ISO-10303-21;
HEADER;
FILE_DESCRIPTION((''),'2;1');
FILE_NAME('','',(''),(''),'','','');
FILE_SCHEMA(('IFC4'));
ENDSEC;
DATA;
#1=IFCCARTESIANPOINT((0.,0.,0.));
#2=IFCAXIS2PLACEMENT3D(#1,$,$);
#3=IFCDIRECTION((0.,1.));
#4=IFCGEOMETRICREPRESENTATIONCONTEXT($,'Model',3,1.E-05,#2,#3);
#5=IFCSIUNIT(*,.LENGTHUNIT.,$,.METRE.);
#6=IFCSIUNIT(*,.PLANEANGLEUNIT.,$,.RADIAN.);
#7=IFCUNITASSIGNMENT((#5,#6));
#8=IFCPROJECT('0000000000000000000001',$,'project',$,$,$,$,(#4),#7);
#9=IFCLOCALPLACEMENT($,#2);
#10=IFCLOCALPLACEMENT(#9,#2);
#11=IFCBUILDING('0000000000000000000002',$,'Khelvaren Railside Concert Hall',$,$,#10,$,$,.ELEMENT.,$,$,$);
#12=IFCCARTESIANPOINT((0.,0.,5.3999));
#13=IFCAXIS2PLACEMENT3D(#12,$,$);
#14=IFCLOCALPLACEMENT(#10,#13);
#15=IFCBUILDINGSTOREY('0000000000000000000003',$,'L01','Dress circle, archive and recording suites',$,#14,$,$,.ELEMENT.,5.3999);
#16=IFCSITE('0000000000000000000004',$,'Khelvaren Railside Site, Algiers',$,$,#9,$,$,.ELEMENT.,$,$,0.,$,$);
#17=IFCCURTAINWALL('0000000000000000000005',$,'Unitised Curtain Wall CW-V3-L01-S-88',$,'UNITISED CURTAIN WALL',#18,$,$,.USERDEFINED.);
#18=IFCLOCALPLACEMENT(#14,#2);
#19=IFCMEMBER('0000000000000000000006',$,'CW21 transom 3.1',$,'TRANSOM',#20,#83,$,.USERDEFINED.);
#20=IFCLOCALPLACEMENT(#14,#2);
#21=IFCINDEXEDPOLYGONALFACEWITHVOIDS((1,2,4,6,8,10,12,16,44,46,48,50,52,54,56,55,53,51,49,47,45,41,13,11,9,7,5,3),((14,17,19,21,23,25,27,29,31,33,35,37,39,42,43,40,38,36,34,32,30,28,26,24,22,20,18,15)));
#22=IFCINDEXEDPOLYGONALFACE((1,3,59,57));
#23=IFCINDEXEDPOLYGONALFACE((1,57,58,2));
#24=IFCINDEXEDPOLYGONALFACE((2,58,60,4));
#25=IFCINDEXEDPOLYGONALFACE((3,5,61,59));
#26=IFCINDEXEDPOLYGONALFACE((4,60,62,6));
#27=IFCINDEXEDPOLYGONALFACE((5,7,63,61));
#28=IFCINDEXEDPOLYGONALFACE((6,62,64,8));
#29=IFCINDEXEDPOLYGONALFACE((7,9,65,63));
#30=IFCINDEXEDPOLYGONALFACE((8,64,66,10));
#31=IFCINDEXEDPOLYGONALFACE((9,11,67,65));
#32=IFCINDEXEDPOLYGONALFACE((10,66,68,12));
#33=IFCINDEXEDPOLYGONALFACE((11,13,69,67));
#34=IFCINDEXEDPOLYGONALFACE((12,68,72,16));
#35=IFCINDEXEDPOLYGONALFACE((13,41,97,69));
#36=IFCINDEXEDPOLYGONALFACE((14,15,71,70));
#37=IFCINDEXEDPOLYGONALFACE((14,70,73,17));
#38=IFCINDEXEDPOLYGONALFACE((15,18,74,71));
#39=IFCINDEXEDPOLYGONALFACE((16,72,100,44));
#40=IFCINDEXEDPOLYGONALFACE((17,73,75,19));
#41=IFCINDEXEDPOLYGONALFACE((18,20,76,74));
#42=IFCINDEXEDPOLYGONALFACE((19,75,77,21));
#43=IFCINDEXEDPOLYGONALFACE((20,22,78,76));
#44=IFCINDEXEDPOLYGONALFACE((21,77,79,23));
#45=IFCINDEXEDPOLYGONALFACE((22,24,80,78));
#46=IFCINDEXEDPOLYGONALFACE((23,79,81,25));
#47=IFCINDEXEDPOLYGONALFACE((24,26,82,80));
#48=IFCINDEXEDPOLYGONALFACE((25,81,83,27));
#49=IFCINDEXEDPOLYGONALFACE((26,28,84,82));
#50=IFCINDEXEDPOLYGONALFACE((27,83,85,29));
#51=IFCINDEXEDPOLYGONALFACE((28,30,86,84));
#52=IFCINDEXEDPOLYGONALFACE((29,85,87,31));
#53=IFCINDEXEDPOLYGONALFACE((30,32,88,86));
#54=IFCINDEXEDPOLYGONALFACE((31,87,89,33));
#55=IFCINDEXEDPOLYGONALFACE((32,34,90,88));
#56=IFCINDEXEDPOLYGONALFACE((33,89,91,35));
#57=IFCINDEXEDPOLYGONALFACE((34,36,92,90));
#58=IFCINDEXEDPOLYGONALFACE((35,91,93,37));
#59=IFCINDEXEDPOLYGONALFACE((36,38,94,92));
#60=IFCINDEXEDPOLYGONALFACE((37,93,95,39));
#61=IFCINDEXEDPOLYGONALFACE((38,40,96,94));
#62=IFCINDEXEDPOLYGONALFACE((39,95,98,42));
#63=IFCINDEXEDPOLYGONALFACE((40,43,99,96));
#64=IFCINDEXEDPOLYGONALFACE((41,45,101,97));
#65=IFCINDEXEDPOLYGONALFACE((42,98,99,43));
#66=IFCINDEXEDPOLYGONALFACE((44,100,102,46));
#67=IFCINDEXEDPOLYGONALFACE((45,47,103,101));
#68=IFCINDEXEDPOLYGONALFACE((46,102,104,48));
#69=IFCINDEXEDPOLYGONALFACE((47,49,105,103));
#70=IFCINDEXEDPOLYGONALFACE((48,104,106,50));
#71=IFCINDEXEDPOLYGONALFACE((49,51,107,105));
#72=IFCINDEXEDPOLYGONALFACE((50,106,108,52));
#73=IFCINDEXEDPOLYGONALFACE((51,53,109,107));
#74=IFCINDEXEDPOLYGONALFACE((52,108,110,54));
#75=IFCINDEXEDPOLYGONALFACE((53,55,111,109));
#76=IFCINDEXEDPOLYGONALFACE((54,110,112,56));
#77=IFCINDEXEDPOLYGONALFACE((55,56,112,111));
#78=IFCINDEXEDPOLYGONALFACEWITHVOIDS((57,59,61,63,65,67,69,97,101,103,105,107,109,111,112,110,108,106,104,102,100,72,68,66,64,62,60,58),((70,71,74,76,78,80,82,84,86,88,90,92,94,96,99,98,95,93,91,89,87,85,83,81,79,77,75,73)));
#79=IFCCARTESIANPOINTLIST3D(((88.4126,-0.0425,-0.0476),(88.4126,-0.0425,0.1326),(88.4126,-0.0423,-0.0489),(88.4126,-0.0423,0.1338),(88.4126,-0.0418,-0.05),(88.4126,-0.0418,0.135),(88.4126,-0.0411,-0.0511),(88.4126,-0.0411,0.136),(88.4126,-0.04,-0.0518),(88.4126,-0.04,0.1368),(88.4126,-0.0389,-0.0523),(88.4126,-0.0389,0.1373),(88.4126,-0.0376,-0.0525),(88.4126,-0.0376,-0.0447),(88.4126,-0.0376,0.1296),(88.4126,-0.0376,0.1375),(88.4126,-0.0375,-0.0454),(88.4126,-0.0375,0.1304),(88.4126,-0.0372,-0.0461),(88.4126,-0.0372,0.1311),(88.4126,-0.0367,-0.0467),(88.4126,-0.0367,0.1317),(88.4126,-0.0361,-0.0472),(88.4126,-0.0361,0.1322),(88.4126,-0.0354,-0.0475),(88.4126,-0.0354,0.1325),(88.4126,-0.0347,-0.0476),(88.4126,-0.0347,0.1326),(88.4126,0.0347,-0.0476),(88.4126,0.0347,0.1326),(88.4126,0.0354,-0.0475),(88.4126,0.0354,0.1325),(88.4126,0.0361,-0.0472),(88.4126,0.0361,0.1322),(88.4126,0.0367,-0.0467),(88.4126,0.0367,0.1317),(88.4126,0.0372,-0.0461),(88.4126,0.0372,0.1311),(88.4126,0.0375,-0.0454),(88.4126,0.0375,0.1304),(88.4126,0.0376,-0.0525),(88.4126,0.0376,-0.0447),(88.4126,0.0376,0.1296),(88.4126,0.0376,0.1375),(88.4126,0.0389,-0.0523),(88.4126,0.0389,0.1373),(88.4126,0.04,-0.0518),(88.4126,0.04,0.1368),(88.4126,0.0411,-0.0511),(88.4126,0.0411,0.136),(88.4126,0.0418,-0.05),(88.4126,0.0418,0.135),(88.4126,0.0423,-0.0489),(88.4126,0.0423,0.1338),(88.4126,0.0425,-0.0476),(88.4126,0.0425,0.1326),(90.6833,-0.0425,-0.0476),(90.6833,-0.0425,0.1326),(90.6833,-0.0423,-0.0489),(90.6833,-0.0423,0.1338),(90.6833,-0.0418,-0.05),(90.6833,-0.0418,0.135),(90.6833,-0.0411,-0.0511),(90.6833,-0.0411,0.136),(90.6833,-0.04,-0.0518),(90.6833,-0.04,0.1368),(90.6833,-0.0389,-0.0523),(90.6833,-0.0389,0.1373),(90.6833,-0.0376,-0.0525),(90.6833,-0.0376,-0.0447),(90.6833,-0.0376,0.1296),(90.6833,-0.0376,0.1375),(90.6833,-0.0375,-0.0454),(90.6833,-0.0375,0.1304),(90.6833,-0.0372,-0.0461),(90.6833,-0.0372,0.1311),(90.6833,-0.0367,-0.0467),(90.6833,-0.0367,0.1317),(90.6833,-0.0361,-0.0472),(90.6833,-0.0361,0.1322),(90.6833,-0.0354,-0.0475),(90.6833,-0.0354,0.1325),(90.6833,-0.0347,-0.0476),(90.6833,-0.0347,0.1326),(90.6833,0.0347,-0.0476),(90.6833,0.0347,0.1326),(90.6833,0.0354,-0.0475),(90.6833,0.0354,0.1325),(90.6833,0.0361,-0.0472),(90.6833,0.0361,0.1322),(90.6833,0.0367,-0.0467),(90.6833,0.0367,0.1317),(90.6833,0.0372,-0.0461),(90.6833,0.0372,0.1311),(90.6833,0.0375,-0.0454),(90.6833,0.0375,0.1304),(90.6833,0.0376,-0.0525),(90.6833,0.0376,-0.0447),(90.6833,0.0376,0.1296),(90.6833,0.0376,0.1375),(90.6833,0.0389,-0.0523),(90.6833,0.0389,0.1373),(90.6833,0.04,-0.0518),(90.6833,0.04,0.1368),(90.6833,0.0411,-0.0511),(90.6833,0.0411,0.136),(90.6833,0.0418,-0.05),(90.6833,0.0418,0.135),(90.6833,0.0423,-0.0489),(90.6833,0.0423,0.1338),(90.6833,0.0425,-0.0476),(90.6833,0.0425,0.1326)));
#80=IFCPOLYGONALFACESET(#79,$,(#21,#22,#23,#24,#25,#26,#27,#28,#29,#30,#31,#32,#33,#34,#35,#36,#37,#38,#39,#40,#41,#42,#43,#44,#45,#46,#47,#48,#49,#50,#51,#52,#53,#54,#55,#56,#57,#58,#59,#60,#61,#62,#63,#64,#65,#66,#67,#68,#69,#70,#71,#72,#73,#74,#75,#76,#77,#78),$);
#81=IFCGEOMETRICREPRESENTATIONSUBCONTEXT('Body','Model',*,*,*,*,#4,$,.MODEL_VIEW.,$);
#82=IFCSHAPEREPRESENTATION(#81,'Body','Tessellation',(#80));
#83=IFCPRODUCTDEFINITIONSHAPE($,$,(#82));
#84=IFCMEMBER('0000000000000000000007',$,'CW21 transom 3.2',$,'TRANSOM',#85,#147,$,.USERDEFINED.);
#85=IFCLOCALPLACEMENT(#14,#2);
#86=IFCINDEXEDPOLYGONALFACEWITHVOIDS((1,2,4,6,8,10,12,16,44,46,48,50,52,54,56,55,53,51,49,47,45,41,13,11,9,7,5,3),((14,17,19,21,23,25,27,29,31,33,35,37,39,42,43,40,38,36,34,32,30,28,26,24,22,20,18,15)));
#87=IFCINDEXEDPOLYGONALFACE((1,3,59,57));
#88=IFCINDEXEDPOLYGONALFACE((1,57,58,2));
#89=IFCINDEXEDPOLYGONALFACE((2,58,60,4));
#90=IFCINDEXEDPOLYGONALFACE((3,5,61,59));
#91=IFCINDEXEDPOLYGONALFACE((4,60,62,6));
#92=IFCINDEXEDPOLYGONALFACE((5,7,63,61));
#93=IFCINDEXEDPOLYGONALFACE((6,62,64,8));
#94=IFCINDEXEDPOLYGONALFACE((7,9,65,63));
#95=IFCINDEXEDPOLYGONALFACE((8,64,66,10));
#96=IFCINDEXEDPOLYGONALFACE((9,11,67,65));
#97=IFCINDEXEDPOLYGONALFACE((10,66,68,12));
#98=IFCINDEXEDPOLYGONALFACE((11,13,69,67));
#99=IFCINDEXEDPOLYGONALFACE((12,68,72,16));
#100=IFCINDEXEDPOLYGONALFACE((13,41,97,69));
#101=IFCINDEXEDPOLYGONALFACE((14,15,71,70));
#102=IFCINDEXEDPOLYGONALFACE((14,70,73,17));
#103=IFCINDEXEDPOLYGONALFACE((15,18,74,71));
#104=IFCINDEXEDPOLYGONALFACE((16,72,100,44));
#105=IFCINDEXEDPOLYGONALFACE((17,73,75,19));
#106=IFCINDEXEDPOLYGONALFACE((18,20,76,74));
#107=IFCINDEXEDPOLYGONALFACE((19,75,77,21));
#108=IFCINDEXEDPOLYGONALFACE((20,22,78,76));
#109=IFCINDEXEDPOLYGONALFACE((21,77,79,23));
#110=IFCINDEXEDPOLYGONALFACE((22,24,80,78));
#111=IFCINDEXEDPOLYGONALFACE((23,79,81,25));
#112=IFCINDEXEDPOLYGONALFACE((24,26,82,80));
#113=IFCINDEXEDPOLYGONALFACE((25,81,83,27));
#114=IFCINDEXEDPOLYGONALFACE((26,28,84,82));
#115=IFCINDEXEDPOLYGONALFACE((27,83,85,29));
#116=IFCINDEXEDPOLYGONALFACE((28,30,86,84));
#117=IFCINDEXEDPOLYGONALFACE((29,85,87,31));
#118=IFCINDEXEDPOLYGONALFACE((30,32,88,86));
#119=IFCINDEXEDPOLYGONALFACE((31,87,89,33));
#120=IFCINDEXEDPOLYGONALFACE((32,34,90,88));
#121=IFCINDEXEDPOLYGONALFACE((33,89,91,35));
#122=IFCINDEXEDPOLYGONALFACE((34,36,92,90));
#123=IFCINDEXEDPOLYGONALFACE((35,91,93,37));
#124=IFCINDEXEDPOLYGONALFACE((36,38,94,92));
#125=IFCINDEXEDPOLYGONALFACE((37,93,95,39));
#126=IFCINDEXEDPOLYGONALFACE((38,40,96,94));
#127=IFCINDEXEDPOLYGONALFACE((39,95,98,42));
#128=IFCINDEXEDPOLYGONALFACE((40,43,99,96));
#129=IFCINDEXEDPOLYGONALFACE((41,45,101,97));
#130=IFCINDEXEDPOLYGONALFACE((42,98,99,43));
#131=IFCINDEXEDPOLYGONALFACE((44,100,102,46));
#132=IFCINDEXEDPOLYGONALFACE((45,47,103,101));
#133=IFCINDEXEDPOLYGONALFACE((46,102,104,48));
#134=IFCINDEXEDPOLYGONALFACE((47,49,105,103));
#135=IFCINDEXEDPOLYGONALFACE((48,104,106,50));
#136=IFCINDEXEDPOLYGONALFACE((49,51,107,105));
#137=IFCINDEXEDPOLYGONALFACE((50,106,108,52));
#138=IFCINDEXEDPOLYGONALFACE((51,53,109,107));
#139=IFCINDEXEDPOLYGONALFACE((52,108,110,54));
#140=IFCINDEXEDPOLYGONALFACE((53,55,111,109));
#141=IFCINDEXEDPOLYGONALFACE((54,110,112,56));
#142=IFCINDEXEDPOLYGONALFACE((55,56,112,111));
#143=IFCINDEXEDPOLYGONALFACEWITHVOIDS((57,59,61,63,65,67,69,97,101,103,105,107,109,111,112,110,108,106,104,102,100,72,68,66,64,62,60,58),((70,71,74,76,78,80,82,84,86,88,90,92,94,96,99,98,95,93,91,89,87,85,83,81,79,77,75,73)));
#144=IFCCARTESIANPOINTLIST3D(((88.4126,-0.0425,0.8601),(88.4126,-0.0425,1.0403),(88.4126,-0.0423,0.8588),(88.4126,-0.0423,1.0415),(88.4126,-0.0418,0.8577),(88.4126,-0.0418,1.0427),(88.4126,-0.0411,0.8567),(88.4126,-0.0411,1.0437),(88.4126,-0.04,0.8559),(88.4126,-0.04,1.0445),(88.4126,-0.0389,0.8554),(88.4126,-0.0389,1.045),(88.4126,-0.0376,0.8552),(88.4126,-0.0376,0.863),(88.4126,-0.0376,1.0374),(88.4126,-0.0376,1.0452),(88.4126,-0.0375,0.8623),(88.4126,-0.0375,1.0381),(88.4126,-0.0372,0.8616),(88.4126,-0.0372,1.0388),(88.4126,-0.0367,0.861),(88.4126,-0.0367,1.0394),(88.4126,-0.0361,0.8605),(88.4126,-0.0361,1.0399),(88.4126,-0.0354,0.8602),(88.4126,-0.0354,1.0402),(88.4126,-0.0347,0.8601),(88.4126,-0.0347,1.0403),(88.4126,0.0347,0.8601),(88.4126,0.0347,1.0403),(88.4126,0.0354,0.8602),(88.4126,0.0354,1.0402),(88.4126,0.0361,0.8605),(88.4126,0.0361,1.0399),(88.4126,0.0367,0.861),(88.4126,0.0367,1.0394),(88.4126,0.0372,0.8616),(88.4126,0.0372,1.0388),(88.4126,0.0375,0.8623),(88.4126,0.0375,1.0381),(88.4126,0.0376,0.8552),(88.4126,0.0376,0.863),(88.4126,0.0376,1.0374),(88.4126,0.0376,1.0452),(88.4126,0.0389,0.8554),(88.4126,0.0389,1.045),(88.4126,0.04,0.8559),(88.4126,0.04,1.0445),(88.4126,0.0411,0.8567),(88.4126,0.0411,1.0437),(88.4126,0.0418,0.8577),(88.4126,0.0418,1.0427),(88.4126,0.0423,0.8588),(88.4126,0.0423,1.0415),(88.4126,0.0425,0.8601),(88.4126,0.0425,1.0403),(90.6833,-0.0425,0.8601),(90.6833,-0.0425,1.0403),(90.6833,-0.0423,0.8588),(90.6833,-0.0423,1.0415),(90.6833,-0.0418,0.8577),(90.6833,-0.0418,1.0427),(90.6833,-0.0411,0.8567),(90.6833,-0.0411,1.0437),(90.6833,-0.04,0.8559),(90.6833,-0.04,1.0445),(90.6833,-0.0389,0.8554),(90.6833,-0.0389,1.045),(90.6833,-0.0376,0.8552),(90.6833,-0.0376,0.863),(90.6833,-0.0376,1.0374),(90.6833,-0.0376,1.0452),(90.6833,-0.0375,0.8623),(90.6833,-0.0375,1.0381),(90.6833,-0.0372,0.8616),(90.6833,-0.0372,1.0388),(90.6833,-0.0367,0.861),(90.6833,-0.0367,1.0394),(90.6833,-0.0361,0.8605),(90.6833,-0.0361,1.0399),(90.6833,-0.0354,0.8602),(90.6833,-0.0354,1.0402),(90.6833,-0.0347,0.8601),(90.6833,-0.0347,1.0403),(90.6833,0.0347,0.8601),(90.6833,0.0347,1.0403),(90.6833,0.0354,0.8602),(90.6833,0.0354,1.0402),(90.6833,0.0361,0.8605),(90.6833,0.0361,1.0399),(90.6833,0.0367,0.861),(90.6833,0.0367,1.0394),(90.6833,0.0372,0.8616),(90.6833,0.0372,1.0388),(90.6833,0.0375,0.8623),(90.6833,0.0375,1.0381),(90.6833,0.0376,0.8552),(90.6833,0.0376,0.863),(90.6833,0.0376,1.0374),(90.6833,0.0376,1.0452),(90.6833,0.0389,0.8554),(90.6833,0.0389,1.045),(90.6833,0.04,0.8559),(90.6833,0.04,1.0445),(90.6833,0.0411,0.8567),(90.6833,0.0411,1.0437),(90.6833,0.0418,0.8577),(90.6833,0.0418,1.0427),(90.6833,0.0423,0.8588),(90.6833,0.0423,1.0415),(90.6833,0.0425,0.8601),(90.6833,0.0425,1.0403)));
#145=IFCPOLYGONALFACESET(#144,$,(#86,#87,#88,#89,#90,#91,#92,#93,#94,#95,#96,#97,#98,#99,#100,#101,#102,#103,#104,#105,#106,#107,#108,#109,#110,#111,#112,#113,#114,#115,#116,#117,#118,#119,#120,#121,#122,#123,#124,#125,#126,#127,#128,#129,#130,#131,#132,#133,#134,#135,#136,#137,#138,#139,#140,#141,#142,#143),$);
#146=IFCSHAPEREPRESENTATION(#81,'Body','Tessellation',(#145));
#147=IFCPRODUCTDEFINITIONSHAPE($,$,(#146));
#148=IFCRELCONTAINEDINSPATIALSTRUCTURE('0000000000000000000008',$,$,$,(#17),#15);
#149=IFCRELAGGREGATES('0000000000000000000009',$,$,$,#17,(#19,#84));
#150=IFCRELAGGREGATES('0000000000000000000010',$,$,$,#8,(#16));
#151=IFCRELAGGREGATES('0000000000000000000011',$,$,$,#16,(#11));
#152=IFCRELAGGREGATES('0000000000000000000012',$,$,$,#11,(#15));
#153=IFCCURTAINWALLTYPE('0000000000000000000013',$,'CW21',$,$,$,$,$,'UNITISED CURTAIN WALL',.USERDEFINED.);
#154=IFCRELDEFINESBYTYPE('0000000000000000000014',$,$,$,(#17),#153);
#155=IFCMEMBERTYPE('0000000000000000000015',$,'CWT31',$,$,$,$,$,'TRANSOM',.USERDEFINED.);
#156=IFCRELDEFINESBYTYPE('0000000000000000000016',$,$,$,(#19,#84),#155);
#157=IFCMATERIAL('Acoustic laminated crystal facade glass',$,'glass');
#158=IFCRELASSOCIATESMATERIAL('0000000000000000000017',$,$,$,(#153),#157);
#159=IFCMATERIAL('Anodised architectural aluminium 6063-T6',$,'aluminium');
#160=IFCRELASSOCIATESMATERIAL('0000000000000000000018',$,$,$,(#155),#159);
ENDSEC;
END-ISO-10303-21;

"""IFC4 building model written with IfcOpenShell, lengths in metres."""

from ifc_helpers import new_model, si_unit, direction, frame, origin, origin_2d, place, context, subcontext, project, spatial, hollow_rectangle, extrude, material, material_profile, profile_set, type_object, element, aggregate, save


model = new_model("IFC4")

# Units and contexts
model_context = context("Model", 3, precision=1e-05, world=origin(), true_north=direction((0.0, 1.0)))
body_context = subcontext(model_context, "Body", "Model", "MODEL_VIEW")
ifc_project = project(units=[si_unit("LENGTHUNIT", "METRE"), si_unit("PLANEANGLEUNIT", "RADIAN")], contexts=[model_context])

# Site, building, storey
site_placement = place(None, origin())
site = spatial("IfcSite", under=ifc_project, at=site_placement, Name="Khelvaren Railside Site, Algiers", CompositionType="ELEMENT", RefElevation=0.0)
building_placement = place(site_placement, origin())
building = spatial("IfcBuilding", under=site, at=building_placement, Name="Khelvaren Railside Concert Hall", CompositionType="ELEMENT")
storey_placement = place(building_placement, frame((0.0, 0.0, 5.3999)))
storey = spatial("IfcBuildingStorey", under=building, at=storey_placement, Name="L01", Description="Dress circle, archive and recording suites", CompositionType="ELEMENT", Elevation=5.3999)

# Curtain wall
ifc_material_1 = material(Name="Acoustic laminated crystal facade glass", Category="glass")
ifc_material_2 = material(Name="Anodised architectural aluminium 6063-T6", Category="aluminium")
curtain_wall_type_1 = type_object("IfcCurtainWallType", Name="CW21", ElementType="UNITISED CURTAIN WALL", PredefinedType="USERDEFINED", material=ifc_material_1)
curtain_wall_1_placement = place(storey_placement, origin())
curtain_wall_1 = element("IfcCurtainWall", 1, at=curtain_wall_1_placement, inside=storey, type_object=curtain_wall_type_1, Name="Unitised Curtain Wall CW-V3-L01-S-88", ObjectType="UNITISED CURTAIN WALL", PredefinedType="USERDEFINED")

# Members
ifc_material_profile_1 = material_profile(ifc_material_2, hollow_rectangle(XDim=0.085, YDim=0.1899, WallThickness=0.0049, InnerFilletRadius=0.0029, OuterFilletRadius=0.0049, at=origin_2d()), Name="CWT 85x190x5")
ifc_profile_set_1 = profile_set([ifc_material_profile_1], Name="Anodised architectural aluminium 6063-T6")
member_type_1 = type_object("IfcMemberType", Name="CWT31", ElementType="TRANSOM", PredefinedType="USERDEFINED", material=ifc_profile_set_1)
member_1_placement = place(storey_placement, frame((90.6833, 0.0, 0.0425), z_axis=(-1.0, 0.0, 0.0), x_axis=(0.0, -1.0, 0.0)))
member_1 = element("IfcMember", 2, at=member_1_placement, type_object=member_type_1, Name="CW21 transom 3.1", ObjectType="TRANSOM", PredefinedType="USERDEFINED", context=body_context, shape_type="SweptSolid", body=[
    extrude(hollow_rectangle(XDim=0.085, YDim=0.1899, WallThickness=0.0049, InnerFilletRadius=0.0029, OuterFilletRadius=0.0049, at=origin_2d()), origin(), (0.0, 0.0, 1.0), 2.2708),
])
member_2_placement = place(storey_placement, frame((90.6833, 0.0, 0.9502), z_axis=(-1.0, 0.0, 0.0), x_axis=(0.0, -1.0, 0.0)))
member_2 = element("IfcMember", 3, at=member_2_placement, type_object=member_type_1, Name="CW21 transom 3.2", ObjectType="TRANSOM", PredefinedType="USERDEFINED", context=body_context, shape_type="SweptSolid", body=[
    extrude(hollow_rectangle(XDim=0.085, YDim=0.1899, WallThickness=0.0049, InnerFilletRadius=0.0029, OuterFilletRadius=0.0049, at=origin_2d()), origin(), (0.0, 0.0, 1.0), 2.2708),
])

aggregate(curtain_wall_1, [member_1, member_2])

save(model, "model.ifc")
